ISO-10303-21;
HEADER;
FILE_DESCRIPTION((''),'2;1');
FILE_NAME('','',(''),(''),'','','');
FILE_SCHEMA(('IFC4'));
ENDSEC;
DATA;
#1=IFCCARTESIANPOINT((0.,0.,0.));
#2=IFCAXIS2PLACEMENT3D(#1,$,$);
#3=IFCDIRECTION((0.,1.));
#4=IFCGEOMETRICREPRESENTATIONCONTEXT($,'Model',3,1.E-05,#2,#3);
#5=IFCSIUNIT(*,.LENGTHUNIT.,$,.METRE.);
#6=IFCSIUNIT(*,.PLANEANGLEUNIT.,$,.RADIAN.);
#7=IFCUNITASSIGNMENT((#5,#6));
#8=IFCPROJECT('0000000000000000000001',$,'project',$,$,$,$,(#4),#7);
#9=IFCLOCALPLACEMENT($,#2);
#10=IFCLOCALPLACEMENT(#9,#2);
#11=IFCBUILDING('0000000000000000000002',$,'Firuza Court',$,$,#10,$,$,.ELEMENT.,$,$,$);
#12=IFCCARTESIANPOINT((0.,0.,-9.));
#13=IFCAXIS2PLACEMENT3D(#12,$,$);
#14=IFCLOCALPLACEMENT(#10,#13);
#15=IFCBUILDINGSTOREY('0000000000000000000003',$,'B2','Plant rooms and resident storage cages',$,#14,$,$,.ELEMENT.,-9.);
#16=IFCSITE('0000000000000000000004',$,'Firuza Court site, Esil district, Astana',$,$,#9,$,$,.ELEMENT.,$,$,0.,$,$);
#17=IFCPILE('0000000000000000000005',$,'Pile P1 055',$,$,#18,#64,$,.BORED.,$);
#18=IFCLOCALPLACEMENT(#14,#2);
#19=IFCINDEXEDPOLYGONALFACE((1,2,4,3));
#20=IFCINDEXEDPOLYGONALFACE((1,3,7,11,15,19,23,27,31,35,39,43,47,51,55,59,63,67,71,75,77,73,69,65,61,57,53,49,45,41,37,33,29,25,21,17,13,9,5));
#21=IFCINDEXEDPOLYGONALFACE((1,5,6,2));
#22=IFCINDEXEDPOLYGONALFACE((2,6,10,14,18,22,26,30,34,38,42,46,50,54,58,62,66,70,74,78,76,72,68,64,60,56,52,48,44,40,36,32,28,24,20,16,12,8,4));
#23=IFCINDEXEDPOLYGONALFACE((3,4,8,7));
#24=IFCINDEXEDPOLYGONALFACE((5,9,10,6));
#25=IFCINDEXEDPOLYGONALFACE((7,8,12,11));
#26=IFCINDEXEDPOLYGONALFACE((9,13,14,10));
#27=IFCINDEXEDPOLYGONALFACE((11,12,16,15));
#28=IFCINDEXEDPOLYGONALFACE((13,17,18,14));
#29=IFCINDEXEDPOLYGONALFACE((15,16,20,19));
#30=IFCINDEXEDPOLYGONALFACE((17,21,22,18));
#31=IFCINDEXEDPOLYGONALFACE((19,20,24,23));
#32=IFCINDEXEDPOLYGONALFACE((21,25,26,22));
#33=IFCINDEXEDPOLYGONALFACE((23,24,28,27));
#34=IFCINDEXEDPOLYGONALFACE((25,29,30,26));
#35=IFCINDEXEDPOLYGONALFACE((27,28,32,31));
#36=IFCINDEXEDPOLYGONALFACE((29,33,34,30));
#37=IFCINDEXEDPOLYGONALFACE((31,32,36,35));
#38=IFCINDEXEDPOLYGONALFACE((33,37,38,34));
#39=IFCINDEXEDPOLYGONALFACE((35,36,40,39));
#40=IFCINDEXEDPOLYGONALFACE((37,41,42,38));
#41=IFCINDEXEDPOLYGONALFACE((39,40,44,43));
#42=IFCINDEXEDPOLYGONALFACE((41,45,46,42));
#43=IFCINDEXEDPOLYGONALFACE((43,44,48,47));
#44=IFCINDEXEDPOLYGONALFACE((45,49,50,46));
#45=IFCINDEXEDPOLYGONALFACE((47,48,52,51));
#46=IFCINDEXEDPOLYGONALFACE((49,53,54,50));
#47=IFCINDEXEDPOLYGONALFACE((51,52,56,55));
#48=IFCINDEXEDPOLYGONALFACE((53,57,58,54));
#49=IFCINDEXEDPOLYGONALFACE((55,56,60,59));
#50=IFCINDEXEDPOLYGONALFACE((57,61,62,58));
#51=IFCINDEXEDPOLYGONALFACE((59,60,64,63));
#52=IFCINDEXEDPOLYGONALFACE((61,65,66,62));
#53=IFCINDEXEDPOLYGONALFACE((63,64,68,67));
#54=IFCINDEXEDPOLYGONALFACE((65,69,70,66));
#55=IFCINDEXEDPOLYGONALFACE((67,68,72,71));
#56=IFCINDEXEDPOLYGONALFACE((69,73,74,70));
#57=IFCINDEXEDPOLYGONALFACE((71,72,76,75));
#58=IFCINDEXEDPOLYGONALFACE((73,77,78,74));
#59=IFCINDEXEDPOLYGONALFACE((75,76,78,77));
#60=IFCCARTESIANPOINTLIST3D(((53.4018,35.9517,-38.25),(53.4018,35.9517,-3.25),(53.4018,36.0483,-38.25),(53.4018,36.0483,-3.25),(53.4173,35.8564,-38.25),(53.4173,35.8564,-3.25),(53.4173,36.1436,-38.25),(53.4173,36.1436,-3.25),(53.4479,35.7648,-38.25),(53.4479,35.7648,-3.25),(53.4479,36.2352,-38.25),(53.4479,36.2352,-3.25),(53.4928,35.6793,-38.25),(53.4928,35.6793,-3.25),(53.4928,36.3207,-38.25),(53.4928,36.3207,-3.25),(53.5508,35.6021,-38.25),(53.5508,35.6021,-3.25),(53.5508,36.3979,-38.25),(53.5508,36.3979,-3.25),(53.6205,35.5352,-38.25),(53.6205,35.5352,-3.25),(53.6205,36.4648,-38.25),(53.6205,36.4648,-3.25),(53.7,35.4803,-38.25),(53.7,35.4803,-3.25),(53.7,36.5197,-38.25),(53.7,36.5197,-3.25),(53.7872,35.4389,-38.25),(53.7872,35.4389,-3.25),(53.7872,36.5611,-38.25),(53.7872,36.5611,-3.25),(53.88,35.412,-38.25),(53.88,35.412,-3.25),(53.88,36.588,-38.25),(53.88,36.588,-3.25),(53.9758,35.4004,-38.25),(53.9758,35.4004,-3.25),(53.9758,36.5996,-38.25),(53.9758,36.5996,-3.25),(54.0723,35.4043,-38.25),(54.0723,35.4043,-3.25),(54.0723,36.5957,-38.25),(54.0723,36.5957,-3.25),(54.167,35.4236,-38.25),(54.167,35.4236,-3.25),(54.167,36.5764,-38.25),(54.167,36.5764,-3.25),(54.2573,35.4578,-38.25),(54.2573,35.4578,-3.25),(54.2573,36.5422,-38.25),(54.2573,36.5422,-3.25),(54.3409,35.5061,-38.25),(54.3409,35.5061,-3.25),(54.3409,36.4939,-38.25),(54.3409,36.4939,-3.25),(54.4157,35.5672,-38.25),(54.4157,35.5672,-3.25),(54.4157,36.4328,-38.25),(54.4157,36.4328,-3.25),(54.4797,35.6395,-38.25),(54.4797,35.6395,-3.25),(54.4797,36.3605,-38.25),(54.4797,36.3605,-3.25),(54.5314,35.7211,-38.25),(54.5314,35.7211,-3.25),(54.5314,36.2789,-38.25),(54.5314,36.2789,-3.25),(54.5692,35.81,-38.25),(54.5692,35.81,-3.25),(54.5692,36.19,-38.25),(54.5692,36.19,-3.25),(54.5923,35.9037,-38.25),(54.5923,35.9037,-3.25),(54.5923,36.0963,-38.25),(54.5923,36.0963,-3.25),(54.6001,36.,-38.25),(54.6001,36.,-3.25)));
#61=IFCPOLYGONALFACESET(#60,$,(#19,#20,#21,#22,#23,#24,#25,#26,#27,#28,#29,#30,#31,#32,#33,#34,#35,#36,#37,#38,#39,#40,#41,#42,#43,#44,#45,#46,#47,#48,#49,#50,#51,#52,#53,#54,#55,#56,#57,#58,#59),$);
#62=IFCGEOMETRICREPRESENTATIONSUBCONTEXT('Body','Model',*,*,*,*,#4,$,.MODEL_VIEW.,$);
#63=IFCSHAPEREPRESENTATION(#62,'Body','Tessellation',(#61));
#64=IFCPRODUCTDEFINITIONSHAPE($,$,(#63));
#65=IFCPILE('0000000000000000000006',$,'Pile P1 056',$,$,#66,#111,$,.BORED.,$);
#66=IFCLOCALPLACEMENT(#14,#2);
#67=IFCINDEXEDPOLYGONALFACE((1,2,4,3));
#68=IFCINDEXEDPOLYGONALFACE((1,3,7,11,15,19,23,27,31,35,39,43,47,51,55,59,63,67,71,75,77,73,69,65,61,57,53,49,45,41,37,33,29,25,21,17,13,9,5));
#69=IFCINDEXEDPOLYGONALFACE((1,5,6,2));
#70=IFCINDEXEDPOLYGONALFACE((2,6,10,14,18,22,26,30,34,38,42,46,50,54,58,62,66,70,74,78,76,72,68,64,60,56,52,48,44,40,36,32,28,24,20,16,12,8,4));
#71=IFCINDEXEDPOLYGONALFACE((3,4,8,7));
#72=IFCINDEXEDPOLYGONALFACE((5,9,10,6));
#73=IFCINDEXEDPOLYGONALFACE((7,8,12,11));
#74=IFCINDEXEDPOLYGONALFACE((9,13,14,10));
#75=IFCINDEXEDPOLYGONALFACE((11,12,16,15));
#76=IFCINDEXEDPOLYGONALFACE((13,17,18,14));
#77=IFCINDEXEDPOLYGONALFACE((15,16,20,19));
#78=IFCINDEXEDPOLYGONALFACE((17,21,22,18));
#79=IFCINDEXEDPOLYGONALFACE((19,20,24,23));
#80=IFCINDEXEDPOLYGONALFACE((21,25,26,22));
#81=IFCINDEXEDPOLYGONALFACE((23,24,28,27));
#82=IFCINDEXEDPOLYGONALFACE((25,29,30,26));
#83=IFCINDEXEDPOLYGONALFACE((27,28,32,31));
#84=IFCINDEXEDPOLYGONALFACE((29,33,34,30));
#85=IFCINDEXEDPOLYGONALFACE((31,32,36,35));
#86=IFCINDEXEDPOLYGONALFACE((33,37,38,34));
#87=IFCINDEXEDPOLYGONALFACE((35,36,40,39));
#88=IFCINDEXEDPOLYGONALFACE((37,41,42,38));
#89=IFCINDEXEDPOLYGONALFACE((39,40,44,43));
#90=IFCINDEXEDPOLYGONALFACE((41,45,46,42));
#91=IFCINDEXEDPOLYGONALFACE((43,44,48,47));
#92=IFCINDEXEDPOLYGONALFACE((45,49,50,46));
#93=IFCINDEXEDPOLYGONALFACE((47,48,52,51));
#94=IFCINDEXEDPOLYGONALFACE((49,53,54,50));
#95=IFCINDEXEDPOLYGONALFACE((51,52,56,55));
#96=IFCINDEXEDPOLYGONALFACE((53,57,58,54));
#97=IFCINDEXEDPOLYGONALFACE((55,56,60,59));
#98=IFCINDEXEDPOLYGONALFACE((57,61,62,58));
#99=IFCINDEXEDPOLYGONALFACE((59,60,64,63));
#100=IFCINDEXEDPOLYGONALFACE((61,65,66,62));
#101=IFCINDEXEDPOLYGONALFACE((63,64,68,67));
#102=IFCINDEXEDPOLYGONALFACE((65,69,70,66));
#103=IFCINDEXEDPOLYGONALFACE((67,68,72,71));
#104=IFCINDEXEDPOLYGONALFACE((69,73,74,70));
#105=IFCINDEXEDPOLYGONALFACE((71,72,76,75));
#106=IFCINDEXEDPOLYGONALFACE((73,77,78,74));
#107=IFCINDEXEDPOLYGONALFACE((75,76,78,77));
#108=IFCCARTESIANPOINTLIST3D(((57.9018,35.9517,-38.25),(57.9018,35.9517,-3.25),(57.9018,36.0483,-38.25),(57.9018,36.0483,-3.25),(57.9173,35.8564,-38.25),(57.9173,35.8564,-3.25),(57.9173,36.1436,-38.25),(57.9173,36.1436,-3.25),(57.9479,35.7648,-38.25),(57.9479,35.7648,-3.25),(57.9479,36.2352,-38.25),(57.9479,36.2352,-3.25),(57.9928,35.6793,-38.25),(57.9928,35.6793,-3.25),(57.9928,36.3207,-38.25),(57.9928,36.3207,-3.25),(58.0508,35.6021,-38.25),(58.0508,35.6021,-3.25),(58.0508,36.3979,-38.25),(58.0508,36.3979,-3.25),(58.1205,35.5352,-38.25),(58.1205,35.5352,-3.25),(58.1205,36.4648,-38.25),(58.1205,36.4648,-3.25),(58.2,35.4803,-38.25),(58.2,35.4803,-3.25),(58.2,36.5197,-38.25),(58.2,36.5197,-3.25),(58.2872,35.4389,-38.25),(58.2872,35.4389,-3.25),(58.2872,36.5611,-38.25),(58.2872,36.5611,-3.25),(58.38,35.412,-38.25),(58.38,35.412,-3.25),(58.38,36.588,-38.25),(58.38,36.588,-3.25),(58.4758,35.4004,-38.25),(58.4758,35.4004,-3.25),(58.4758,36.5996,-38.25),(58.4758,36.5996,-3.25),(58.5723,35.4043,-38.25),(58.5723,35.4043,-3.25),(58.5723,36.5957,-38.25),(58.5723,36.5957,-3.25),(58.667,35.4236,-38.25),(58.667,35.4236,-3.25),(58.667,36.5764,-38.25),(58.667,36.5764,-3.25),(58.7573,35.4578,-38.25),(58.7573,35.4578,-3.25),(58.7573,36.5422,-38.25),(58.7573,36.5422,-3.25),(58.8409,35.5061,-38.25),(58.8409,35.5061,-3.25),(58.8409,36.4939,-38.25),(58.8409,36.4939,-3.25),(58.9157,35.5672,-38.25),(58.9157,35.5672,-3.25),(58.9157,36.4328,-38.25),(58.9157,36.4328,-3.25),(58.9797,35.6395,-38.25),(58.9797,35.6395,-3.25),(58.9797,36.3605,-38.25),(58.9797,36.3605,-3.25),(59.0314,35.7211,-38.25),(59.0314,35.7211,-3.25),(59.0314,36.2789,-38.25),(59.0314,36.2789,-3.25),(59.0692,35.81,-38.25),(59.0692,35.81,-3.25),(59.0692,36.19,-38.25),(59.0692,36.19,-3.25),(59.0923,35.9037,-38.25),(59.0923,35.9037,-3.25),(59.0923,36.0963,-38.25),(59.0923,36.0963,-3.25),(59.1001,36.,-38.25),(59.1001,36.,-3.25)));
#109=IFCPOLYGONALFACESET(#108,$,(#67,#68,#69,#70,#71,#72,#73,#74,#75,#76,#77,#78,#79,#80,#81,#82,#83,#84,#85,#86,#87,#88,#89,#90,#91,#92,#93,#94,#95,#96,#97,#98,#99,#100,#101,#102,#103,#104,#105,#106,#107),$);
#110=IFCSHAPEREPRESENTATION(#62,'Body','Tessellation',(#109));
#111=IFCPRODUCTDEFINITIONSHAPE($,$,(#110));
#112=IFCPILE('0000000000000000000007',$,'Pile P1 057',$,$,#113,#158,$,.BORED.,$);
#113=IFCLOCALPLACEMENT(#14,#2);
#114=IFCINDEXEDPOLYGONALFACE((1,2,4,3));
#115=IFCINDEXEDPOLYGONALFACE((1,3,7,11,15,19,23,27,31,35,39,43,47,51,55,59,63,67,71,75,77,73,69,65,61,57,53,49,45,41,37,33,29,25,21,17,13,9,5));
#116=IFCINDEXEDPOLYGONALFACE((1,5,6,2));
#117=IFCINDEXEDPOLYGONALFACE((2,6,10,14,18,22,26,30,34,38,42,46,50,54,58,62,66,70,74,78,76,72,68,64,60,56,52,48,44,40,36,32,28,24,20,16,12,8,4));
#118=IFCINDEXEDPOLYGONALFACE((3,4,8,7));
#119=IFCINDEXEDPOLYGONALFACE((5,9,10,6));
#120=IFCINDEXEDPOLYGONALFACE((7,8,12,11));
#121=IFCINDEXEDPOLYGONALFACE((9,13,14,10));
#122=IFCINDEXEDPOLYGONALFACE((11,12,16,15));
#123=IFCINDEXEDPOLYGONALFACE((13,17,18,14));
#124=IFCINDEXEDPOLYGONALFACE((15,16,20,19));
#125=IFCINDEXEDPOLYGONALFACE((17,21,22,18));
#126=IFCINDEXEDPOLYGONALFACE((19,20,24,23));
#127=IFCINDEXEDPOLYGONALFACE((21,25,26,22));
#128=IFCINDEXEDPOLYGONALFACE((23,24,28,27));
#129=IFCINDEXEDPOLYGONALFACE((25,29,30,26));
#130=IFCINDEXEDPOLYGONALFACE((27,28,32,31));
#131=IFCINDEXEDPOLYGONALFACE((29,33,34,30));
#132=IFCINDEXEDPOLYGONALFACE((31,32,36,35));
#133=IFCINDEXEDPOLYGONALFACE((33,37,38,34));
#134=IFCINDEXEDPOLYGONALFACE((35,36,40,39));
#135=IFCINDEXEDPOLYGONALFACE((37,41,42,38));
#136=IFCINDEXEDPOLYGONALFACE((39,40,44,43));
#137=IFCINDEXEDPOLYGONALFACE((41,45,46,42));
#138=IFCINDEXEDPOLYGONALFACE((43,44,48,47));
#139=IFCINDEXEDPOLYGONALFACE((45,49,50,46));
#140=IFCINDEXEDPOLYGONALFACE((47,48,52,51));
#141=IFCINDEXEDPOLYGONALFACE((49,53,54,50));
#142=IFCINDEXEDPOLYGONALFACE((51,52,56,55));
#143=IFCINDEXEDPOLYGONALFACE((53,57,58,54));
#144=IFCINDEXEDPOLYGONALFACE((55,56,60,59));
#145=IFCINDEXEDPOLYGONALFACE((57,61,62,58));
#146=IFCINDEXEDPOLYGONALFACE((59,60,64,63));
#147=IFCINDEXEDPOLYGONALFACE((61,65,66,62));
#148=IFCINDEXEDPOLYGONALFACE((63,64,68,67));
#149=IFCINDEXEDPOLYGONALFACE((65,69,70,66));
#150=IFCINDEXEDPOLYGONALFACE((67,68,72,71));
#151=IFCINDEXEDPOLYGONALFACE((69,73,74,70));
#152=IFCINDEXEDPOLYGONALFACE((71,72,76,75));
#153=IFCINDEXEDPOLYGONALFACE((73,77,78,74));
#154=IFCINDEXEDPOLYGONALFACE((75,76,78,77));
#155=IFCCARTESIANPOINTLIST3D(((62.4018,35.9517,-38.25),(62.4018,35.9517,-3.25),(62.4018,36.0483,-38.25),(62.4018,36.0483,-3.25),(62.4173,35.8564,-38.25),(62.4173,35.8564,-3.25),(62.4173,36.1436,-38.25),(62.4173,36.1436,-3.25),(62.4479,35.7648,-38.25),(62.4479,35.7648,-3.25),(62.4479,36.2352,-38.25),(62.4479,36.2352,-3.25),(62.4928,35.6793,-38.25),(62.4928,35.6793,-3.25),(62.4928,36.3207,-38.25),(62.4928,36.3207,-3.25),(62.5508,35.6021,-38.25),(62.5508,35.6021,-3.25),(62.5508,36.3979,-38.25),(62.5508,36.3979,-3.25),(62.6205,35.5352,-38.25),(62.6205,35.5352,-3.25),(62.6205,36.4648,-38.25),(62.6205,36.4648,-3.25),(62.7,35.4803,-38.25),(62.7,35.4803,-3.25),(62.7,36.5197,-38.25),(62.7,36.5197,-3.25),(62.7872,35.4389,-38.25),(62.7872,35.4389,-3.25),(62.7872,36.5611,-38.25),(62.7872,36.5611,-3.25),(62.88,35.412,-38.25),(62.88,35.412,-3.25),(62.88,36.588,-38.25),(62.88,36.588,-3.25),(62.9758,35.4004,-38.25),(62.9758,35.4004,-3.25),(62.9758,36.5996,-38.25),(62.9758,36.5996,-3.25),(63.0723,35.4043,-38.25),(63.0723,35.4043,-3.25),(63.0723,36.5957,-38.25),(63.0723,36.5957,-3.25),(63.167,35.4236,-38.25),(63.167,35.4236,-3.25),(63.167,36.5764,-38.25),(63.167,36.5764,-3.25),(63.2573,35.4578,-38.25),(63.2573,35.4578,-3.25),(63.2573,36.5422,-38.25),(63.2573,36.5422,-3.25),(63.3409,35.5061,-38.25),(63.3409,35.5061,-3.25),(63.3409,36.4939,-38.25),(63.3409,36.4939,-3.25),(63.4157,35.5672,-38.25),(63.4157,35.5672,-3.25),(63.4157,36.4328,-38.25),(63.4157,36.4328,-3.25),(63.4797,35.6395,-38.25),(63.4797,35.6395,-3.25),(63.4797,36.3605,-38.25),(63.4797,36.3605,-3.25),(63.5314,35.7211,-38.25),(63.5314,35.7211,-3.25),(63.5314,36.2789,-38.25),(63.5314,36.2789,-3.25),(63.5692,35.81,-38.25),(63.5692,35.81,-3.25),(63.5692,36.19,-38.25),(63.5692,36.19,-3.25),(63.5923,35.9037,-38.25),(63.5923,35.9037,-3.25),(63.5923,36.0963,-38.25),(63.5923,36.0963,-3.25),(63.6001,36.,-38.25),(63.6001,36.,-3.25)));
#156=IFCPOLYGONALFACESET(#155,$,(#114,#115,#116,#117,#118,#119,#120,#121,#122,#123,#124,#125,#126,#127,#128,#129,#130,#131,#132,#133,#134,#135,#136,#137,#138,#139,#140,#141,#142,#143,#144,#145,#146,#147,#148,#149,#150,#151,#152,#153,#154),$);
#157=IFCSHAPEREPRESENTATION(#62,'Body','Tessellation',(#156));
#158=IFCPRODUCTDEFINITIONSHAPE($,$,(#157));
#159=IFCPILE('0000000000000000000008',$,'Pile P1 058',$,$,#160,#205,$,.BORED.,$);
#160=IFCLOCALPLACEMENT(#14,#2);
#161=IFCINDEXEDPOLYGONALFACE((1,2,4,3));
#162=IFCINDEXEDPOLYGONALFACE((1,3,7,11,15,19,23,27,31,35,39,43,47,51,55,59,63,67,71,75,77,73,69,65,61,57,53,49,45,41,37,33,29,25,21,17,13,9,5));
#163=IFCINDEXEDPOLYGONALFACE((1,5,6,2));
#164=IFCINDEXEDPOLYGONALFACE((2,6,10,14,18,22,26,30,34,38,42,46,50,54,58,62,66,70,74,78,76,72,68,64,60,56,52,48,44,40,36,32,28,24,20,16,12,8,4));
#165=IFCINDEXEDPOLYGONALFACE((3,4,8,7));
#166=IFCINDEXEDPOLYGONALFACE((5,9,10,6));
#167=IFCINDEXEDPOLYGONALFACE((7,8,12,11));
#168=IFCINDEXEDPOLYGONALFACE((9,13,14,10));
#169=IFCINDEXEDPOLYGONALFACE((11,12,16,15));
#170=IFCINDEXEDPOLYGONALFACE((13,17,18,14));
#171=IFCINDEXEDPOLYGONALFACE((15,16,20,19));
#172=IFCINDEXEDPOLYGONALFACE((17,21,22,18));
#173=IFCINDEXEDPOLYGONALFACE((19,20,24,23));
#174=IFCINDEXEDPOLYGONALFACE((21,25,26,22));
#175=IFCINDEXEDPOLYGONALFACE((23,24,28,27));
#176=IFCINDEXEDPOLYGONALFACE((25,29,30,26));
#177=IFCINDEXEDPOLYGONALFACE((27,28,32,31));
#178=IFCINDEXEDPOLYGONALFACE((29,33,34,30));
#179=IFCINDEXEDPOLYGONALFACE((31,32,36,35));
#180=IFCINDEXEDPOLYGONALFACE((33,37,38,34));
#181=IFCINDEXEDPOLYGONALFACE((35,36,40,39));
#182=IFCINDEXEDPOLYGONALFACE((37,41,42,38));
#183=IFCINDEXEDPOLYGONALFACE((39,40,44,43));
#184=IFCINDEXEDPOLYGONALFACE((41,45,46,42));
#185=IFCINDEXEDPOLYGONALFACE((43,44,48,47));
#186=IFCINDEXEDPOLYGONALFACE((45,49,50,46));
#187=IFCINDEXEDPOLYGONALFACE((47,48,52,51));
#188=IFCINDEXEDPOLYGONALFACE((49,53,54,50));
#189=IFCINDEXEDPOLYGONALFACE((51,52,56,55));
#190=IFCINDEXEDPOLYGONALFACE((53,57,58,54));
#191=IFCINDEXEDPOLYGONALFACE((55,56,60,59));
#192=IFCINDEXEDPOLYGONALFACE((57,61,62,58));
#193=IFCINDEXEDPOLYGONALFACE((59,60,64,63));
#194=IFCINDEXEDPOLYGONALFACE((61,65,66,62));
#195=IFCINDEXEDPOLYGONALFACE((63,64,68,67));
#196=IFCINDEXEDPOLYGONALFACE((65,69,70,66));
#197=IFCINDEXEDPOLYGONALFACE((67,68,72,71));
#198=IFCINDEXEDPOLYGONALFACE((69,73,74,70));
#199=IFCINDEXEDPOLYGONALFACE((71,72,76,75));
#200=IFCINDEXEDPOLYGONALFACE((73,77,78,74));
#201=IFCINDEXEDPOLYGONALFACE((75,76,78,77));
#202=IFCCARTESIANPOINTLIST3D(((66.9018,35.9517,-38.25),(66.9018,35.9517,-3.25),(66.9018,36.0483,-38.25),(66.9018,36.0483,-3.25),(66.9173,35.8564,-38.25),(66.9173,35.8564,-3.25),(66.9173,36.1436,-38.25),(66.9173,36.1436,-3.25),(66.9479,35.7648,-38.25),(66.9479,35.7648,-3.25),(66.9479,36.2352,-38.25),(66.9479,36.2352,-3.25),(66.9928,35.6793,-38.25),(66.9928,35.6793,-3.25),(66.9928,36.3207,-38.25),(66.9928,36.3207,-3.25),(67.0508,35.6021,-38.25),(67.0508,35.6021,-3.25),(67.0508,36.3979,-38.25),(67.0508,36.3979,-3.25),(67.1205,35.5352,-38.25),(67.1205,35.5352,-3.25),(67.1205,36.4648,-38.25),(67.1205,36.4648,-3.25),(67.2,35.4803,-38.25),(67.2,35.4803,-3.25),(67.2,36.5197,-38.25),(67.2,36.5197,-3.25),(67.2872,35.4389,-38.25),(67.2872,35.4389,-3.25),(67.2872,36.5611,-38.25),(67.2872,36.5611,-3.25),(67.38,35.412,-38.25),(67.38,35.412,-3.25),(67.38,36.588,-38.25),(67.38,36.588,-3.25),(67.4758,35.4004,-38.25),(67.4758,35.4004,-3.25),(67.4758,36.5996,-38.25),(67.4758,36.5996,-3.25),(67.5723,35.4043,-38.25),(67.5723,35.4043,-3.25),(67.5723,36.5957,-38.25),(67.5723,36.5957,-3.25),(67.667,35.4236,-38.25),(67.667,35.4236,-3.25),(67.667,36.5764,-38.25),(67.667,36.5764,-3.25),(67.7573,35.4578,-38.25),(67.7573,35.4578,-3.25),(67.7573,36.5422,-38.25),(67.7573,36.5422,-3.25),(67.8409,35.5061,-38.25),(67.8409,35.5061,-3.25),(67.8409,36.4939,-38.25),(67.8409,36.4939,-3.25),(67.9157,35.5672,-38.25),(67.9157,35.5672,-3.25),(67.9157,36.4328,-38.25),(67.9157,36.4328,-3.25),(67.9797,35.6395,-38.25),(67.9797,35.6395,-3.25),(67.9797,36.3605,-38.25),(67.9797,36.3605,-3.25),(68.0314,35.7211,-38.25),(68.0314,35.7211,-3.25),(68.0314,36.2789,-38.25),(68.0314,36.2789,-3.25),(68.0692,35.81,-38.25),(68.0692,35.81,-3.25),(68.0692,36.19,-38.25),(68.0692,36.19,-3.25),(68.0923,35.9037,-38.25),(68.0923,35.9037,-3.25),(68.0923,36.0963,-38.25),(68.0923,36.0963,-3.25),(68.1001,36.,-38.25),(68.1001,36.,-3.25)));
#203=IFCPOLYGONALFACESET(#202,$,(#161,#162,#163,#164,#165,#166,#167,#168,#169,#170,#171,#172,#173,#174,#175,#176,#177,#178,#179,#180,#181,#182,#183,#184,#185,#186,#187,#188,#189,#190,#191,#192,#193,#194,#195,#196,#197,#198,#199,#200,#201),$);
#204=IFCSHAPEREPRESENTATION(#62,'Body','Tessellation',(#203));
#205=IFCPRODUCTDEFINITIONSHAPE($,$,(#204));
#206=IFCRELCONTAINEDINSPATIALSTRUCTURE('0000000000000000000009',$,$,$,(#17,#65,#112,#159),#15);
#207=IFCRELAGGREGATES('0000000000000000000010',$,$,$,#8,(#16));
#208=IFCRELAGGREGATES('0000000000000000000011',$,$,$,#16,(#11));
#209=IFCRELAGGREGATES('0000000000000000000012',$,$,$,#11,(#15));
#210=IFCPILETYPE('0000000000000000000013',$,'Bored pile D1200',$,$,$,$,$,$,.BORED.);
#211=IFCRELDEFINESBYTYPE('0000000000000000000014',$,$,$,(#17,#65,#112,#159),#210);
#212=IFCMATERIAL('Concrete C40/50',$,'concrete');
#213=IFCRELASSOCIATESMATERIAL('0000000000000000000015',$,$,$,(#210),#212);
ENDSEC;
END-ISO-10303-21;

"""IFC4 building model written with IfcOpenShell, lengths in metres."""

from ifc_helpers import new_model, si_unit, direction, frame, origin, origin_2d, place, context, subcontext, project, spatial, circle, extrude, material, material_profile, profile_set, type_object, element, save


model = new_model("IFC4")

# Units and contexts
model_context = context("Model", 3, precision=1e-05, world=origin(), true_north=direction((0.0, 1.0)))
body_context = subcontext(model_context, "Body", "Model", "MODEL_VIEW")
ifc_project = project(units=[si_unit("LENGTHUNIT", "METRE"), si_unit("PLANEANGLEUNIT", "RADIAN")], contexts=[model_context])

# Site, building, storey
site_placement = place(None, origin())
site = spatial("IfcSite", under=ifc_project, at=site_placement, Name="Firuza Court site, Esil district, Astana", CompositionType="ELEMENT", RefElevation=0.0)
building_placement = place(site_placement, origin())
building = spatial("IfcBuilding", under=site, at=building_placement, Name="Firuza Court", CompositionType="ELEMENT")
storey_placement = place(building_placement, frame((0.0, 0.0, -9.0)))
storey = spatial("IfcBuildingStorey", under=building, at=storey_placement, Name="B2", Description="Plant rooms and resident storage cages", CompositionType="ELEMENT", Elevation=-9.0)

# Piles
ifc_material_1 = material(Name="Concrete C40/50", Category="concrete")
ifc_material_profile_1 = material_profile(ifc_material_1, circle(Radius=0.6001, at=origin_2d()), Name="Pile D1200")
ifc_profile_set_1 = profile_set([ifc_material_profile_1], Name="Concrete C40/50")
pile_type = type_object("IfcPileType", Name="Bored pile D1200", PredefinedType="BORED", material=ifc_profile_set_1)
for number, where, z_axis, x_axis, name in (
    (1, (54.0, 36.0, -3.25), (0.0, 0.0, -1.0), (1.0, 0.0, 0.0), "Pile P1 055"),
    (2, (58.5, 36.0, -3.25), (0.0, 0.0, -1.0), (1.0, 0.0, 0.0), "Pile P1 056"),
    (3, (63.0, 36.0, -3.25), (0.0, 0.0, -1.0), (1.0, 0.0, 0.0), "Pile P1 057"),
    (4, (67.5, 36.0, -3.25), (0.0, 0.0, -1.0), (1.0, 0.0, 0.0), "Pile P1 058"),
):
    element("IfcPile", number, at=place(storey_placement, frame(where, z_axis=z_axis, x_axis=x_axis)), inside=storey, type_object=pile_type, Name=name, PredefinedType="BORED", context=body_context, shape_type="SweptSolid", body=[
        extrude(circle(Radius=0.6001, at=origin_2d()), origin(), (0.0, 0.0, 1.0), 35.0),
    ])

save(model, "model.ifc")
